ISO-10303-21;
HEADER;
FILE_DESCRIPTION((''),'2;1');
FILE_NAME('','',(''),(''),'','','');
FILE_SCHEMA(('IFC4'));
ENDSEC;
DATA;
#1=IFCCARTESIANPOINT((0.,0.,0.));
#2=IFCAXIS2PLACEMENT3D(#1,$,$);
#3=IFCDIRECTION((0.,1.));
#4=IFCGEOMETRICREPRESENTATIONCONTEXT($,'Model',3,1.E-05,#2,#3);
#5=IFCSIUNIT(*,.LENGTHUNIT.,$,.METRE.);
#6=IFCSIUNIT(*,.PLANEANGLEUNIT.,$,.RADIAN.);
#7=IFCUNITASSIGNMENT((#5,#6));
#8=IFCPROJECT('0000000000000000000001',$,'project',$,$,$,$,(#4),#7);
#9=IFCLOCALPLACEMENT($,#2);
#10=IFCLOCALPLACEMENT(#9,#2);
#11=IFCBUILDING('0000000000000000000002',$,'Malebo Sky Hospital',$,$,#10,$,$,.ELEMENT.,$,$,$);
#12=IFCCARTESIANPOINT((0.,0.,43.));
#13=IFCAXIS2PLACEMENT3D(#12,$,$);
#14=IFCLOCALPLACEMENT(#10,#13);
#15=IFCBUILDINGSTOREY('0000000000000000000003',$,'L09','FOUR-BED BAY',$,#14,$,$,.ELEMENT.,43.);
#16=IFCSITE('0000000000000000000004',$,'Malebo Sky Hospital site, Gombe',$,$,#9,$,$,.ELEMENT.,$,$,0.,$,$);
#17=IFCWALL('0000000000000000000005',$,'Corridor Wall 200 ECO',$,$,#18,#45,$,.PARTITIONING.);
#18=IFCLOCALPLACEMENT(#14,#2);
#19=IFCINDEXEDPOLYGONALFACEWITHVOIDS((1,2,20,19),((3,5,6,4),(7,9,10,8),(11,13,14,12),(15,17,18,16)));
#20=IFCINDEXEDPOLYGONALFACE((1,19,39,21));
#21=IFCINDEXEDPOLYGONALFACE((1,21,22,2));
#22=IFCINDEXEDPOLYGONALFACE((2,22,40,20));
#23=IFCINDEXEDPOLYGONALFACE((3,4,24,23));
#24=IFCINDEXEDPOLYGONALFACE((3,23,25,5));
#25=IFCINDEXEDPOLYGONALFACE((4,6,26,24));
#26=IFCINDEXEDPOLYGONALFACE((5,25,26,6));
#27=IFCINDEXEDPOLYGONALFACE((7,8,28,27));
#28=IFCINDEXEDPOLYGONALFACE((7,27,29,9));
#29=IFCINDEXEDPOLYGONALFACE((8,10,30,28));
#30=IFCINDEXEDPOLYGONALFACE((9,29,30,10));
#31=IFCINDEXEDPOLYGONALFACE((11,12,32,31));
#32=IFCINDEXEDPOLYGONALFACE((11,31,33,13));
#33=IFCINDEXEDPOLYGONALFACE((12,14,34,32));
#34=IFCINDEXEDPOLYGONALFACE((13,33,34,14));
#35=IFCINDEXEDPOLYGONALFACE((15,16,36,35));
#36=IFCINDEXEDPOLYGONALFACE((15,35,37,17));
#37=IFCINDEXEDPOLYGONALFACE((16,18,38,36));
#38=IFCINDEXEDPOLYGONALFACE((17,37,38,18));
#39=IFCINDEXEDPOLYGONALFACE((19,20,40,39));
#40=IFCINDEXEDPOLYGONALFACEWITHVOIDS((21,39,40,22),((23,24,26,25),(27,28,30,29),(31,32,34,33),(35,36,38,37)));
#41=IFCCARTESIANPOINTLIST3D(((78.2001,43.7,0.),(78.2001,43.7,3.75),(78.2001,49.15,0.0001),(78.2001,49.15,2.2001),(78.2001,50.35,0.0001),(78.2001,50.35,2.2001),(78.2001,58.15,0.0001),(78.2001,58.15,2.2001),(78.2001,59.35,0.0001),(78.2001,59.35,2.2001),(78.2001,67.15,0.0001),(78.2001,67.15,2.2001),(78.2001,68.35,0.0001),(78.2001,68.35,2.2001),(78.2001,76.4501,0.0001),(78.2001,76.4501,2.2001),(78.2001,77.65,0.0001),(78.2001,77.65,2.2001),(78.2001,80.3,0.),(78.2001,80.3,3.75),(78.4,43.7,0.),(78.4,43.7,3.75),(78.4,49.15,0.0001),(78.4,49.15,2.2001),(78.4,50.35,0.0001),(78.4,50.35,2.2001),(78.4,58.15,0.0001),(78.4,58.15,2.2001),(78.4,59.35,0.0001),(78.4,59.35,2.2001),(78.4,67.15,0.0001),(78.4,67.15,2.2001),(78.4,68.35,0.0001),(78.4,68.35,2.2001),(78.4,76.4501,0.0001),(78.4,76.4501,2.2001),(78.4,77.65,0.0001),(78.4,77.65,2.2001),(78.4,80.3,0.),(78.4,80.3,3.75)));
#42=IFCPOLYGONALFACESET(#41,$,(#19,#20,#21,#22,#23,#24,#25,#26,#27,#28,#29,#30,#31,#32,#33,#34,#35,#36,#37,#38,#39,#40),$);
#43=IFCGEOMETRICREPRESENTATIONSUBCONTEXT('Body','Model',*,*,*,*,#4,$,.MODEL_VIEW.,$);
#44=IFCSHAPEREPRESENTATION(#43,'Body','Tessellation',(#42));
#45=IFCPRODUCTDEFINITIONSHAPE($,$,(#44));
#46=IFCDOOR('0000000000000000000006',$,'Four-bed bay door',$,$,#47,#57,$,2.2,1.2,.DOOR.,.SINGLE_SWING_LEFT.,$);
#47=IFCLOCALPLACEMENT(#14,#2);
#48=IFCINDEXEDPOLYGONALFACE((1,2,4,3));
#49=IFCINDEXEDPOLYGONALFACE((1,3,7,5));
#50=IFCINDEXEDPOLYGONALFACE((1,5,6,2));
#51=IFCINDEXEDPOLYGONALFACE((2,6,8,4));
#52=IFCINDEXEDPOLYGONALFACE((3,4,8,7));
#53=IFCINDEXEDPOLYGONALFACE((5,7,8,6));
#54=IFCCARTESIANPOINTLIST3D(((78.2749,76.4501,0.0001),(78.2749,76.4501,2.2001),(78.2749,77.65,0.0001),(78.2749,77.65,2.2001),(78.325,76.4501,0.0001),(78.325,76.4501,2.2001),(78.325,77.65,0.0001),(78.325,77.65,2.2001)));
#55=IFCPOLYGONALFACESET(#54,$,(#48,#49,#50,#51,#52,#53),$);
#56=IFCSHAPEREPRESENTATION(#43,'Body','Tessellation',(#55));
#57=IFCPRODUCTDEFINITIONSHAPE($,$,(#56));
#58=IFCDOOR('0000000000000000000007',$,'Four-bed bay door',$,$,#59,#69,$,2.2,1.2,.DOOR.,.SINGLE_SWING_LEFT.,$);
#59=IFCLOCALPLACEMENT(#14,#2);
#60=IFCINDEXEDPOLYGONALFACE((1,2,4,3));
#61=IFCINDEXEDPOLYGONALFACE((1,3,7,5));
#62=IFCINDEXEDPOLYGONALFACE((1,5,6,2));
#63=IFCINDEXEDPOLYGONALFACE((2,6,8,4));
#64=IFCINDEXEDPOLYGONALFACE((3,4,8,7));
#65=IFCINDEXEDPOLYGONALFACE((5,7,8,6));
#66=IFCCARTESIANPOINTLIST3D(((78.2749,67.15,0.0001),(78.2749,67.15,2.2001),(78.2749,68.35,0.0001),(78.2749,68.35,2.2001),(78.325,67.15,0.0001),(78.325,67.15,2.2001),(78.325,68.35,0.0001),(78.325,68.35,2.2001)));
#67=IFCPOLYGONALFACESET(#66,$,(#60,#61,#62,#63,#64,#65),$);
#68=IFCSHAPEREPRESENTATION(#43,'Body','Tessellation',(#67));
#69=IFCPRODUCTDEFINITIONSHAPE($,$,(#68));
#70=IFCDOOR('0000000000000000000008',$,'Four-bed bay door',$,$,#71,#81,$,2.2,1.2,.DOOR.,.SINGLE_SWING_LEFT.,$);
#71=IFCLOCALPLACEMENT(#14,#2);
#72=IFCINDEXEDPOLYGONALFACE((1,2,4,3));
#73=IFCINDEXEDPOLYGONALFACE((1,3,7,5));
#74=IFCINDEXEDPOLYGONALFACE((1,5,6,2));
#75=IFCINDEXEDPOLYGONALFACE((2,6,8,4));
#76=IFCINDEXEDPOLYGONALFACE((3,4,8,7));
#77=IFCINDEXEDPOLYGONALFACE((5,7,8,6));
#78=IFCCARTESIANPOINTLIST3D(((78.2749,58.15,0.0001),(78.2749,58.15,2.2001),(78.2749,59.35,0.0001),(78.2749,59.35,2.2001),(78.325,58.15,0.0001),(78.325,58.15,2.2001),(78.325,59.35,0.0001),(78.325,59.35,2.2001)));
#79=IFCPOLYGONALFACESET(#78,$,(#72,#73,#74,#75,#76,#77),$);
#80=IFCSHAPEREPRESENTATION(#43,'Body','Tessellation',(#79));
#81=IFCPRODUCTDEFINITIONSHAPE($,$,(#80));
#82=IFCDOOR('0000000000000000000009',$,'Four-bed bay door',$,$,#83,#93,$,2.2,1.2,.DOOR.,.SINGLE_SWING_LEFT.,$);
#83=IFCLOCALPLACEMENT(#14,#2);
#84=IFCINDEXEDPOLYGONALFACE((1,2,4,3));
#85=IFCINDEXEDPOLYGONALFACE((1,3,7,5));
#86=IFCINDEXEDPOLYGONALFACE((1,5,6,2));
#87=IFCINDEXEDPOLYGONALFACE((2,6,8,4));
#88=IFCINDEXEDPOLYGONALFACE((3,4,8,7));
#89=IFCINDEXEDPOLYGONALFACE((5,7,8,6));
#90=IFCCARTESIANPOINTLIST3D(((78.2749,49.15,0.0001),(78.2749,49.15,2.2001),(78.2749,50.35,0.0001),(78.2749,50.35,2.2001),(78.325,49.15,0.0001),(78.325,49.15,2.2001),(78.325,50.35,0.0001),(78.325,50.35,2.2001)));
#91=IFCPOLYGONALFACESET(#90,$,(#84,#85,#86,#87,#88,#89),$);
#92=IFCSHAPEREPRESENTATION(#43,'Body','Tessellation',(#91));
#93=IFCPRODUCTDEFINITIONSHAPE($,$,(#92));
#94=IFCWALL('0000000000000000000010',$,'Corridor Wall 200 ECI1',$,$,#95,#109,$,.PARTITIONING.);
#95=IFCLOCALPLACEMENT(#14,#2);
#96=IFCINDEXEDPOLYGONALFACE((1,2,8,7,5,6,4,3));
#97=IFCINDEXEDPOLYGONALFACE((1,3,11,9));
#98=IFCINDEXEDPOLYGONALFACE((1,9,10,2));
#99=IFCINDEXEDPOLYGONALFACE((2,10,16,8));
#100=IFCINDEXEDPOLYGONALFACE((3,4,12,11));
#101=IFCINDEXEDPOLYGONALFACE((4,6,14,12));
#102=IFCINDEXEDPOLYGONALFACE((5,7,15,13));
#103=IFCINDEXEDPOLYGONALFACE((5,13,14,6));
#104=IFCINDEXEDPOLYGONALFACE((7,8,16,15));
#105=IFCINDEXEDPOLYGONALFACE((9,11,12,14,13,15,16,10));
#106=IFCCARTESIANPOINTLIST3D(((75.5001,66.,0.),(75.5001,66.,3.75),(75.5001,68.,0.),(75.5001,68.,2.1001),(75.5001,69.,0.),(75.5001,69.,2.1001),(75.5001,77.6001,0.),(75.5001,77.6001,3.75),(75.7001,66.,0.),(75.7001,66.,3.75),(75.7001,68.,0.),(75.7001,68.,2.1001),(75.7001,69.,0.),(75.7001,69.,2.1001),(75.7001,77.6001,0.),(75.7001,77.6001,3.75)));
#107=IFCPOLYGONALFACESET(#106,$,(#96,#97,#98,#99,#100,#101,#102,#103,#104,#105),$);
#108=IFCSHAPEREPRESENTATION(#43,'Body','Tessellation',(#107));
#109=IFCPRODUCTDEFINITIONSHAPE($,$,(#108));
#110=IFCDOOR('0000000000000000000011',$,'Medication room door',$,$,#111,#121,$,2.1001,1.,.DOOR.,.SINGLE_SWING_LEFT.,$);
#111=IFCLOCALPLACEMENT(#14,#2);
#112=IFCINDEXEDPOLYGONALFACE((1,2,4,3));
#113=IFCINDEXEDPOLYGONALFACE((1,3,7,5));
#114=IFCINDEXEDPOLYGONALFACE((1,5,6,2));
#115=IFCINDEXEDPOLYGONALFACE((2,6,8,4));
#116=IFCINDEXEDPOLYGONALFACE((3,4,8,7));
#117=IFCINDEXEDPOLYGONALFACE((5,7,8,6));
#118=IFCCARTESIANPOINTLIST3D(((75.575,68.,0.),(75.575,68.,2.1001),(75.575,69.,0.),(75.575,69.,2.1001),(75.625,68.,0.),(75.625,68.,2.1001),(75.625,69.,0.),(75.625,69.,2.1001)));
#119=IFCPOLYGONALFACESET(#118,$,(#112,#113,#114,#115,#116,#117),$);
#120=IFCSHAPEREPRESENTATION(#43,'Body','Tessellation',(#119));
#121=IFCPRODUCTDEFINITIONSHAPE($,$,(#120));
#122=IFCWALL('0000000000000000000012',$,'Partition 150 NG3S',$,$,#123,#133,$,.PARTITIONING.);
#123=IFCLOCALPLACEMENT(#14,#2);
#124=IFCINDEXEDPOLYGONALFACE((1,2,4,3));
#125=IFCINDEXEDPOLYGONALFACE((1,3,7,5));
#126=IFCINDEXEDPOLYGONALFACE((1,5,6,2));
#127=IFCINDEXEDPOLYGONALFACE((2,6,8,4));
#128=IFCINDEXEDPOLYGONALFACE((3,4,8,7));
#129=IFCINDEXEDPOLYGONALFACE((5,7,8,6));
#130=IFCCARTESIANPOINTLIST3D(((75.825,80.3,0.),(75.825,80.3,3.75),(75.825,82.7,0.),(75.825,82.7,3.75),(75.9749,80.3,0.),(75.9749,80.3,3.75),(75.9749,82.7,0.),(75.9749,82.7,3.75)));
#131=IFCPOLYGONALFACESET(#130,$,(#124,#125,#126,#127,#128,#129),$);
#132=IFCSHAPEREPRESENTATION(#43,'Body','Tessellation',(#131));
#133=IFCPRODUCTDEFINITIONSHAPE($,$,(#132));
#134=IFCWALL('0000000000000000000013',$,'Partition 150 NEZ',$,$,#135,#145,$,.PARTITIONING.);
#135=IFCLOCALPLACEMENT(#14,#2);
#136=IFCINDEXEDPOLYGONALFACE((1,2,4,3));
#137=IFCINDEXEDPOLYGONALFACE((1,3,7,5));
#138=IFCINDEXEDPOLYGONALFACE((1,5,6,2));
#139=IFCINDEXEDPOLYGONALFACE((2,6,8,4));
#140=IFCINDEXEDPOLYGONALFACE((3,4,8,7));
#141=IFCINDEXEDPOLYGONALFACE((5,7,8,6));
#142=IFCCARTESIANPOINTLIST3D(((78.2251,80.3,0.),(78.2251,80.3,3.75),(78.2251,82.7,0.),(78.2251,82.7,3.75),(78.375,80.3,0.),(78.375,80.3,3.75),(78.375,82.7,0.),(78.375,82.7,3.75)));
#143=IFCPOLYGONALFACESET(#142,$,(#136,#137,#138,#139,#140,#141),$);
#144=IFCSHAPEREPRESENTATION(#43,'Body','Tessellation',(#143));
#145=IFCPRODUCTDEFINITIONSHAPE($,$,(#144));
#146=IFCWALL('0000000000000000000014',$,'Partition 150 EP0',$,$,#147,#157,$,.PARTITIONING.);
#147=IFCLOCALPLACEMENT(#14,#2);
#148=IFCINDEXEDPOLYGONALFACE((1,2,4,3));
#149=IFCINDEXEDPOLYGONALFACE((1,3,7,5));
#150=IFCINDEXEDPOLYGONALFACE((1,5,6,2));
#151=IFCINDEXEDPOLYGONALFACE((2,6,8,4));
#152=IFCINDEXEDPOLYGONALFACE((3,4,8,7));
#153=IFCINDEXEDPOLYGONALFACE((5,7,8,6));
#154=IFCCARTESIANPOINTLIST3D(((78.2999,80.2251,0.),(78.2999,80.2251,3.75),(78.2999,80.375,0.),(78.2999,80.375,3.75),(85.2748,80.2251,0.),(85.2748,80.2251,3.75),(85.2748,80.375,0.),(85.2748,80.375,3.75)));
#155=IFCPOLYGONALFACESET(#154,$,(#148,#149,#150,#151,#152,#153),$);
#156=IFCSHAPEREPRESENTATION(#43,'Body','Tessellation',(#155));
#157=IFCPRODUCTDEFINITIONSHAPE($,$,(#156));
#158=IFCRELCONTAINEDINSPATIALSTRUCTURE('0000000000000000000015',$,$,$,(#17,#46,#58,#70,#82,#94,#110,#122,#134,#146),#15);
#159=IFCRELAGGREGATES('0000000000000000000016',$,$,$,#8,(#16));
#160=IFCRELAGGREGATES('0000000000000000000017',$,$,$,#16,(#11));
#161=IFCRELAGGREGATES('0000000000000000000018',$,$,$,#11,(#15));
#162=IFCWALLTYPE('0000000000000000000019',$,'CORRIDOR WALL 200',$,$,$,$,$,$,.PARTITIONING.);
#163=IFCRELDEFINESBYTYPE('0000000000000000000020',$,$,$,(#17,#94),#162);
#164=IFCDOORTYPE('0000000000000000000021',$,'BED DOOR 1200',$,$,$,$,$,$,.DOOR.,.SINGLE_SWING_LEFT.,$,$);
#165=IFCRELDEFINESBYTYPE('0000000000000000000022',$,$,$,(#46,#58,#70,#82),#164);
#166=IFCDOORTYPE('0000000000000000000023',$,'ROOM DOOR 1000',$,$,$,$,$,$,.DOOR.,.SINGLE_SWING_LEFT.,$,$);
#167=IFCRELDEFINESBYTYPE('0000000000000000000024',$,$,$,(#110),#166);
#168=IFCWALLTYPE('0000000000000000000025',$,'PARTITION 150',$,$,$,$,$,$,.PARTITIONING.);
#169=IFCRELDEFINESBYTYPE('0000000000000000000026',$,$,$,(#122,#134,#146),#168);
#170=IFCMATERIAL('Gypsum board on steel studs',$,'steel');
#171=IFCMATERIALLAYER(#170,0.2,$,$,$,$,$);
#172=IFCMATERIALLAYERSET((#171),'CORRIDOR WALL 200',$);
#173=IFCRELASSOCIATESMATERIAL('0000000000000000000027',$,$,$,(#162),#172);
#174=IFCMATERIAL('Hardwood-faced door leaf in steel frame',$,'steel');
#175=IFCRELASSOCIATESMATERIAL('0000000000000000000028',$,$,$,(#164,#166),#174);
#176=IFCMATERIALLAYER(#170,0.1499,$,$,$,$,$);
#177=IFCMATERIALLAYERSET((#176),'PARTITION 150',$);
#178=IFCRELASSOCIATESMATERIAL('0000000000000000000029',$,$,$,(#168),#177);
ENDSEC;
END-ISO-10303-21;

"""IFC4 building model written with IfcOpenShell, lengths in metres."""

from ifc_helpers import new_model, si_unit, direction, frame, frame_2d, origin, place, context, subcontext, project, spatial, rectangle, extrude, material, layer, layer_set, type_object, element, fill, save


model = new_model("IFC4")

# Units and contexts
model_context = context("Model", 3, precision=1e-05, world=origin(), true_north=direction((0.0, 1.0)))
body_context = subcontext(model_context, "Body", "Model", "MODEL_VIEW")
ifc_project = project(units=[si_unit("LENGTHUNIT", "METRE"), si_unit("PLANEANGLEUNIT", "RADIAN")], contexts=[model_context])

# Site, building, storey
site_placement = place(None, origin())
site = spatial("IfcSite", under=ifc_project, at=site_placement, Name="Malebo Sky Hospital site, Gombe", CompositionType="ELEMENT", RefElevation=0.0)
building_placement = place(site_placement, origin())
building = spatial("IfcBuilding", under=site, at=building_placement, Name="Malebo Sky Hospital", CompositionType="ELEMENT")
storey_placement = place(building_placement, frame((0.0, 0.0, 43.0)))
storey = spatial("IfcBuildingStorey", under=building, at=storey_placement, Name="L09", Description="FOUR-BED BAY", CompositionType="ELEMENT", Elevation=43.0)

# Wall, openings, doors
ifc_material_1 = material(Name="Gypsum board on steel studs", Category="steel")
ifc_layer_1 = layer(ifc_material_1, 0.2)
ifc_layer_set_1 = layer_set([ifc_layer_1], Name="CORRIDOR WALL 200")
wall_type_1 = type_object("IfcWallType", Name="CORRIDOR WALL 200", PredefinedType="PARTITIONING", material=ifc_layer_set_1)
wall_1_placement = place(storey_placement, frame((78.3, 80.3, 0.0), z_axis=(0.0, 0.0, 1.0), x_axis=(0.0, -1.0, 0.0)))
wall_1 = element("IfcWall", 1, at=wall_1_placement, inside=storey, type_object=wall_type_1, Name="Corridor Wall 200 ECO", PredefinedType="PARTITIONING", context=body_context, shape_type="SweptSolid", body=[
    extrude(rectangle(XDim=36.6001, YDim=0.2, at=frame_2d((18.3, 0.0))), origin(), (0.0, 0.0, 1.0), 3.75),
])
opening_1_placement = place(wall_1_placement, frame((2.6499, 0.0, 0.0)))
opening_1 = element("IfcOpeningElement", 2, at=opening_1_placement, cuts=wall_1, PredefinedType="OPENING", context=body_context, shape_type="SweptSolid", body=[
    extrude(rectangle(XDim=1.2, YDim=2.2, at=frame_2d((0.6001, 1.1001))), frame((0.0, 0.1099, 0.0), z_axis=(0.0, -1.0, 0.0), x_axis=(1.0, 0.0, 0.0)), (0.0, 0.0, 1.0), 0.22),
])
opening_2_placement = place(wall_1_placement, frame((11.95, 0.0, 0.0)))
opening_2 = element("IfcOpeningElement", 3, at=opening_2_placement, cuts=wall_1, PredefinedType="OPENING", context=body_context, shape_type="SweptSolid", body=[
    extrude(rectangle(XDim=1.2, YDim=2.2, at=frame_2d((0.6001, 1.1001))), frame((0.0, 0.1099, 0.0), z_axis=(0.0, -1.0, 0.0), x_axis=(1.0, 0.0, 0.0)), (0.0, 0.0, 1.0), 0.22),
])
opening_3_placement = place(wall_1_placement, frame((20.95, 0.0, 0.0)))
opening_3 = element("IfcOpeningElement", 4, at=opening_3_placement, cuts=wall_1, PredefinedType="OPENING", context=body_context, shape_type="SweptSolid", body=[
    extrude(rectangle(XDim=1.2, YDim=2.2, at=frame_2d((0.6001, 1.1001))), frame((0.0, 0.1099, 0.0), z_axis=(0.0, -1.0, 0.0), x_axis=(1.0, 0.0, 0.0)), (0.0, 0.0, 1.0), 0.22),
])
opening_4_placement = place(wall_1_placement, frame((29.95, 0.0, 0.0)))
opening_4 = element("IfcOpeningElement", 5, at=opening_4_placement, cuts=wall_1, PredefinedType="OPENING", context=body_context, shape_type="SweptSolid", body=[
    extrude(rectangle(XDim=1.2, YDim=2.2, at=frame_2d((0.6001, 1.1001))), frame((0.0, 0.1099, 0.0), z_axis=(0.0, -1.0, 0.0), x_axis=(1.0, 0.0, 0.0)), (0.0, 0.0, 1.0), 0.22),
])
ifc_material_2 = material(Name="Hardwood-faced door leaf in steel frame", Category="steel")
door_type_1 = type_object("IfcDoorType", Name="BED DOOR 1200", OperationType="SINGLE_SWING_LEFT", PredefinedType="DOOR", material=ifc_material_2)
door_1_placement = place(opening_1_placement, origin())
door_1 = element("IfcDoor", 6, at=door_1_placement, inside=storey, type_object=door_type_1, Name="Four-bed bay door", OperationType="SINGLE_SWING_LEFT", OverallHeight=2.2, OverallWidth=1.2, PredefinedType="DOOR", context=body_context, shape_type="SweptSolid", body=[
    extrude(rectangle(XDim=1.2, YDim=2.2, at=frame_2d((0.6001, 1.1001))), frame((0.0, 0.0249, 0.0), z_axis=(0.0, -1.0, 0.0), x_axis=(1.0, 0.0, 0.0)), (0.0, 0.0, 1.0), 0.05),
])
fill(opening_1, door_1)
door_2_placement = place(opening_2_placement, origin())
door_2 = element("IfcDoor", 7, at=door_2_placement, inside=storey, type_object=door_type_1, Name="Four-bed bay door", OperationType="SINGLE_SWING_LEFT", OverallHeight=2.2, OverallWidth=1.2, PredefinedType="DOOR", context=body_context, shape_type="SweptSolid", body=[
    extrude(rectangle(XDim=1.2, YDim=2.2, at=frame_2d((0.6001, 1.1001))), frame((0.0, 0.0249, 0.0), z_axis=(0.0, -1.0, 0.0), x_axis=(1.0, 0.0, 0.0)), (0.0, 0.0, 1.0), 0.05),
])
fill(opening_2, door_2)
door_3_placement = place(opening_3_placement, origin())
door_3 = element("IfcDoor", 8, at=door_3_placement, inside=storey, type_object=door_type_1, Name="Four-bed bay door", OperationType="SINGLE_SWING_LEFT", OverallHeight=2.2, OverallWidth=1.2, PredefinedType="DOOR", context=body_context, shape_type="SweptSolid", body=[
    extrude(rectangle(XDim=1.2, YDim=2.2, at=frame_2d((0.6001, 1.1001))), frame((0.0, 0.0249, 0.0), z_axis=(0.0, -1.0, 0.0), x_axis=(1.0, 0.0, 0.0)), (0.0, 0.0, 1.0), 0.05),
])
fill(opening_3, door_3)
door_4_placement = place(opening_4_placement, origin())
door_4 = element("IfcDoor", 9, at=door_4_placement, inside=storey, type_object=door_type_1, Name="Four-bed bay door", OperationType="SINGLE_SWING_LEFT", OverallHeight=2.2, OverallWidth=1.2, PredefinedType="DOOR", context=body_context, shape_type="SweptSolid", body=[
    extrude(rectangle(XDim=1.2, YDim=2.2, at=frame_2d((0.6001, 1.1001))), frame((0.0, 0.0249, 0.0), z_axis=(0.0, -1.0, 0.0), x_axis=(1.0, 0.0, 0.0)), (0.0, 0.0, 1.0), 0.05),
])
fill(opening_4, door_4)

# Wall, opening, door
wall_2_placement = place(storey_placement, frame((75.6001, 77.6001, 0.0), z_axis=(0.0, 0.0, 1.0), x_axis=(0.0, -1.0, 0.0)))
wall_2 = element("IfcWall", 10, at=wall_2_placement, inside=storey, type_object=wall_type_1, Name="Corridor Wall 200 ECI1", PredefinedType="PARTITIONING", context=body_context, shape_type="SweptSolid", body=[
    extrude(rectangle(XDim=11.6001, YDim=0.2, at=frame_2d((5.8, 0.0))), origin(), (0.0, 0.0, 1.0), 3.75),
])
opening_5_placement = place(wall_2_placement, frame((8.6001, 0.0, 0.0)))
opening_5 = element("IfcOpeningElement", 11, at=opening_5_placement, cuts=wall_2, PredefinedType="OPENING", context=body_context, shape_type="SweptSolid", body=[
    extrude(rectangle(XDim=1.0, YDim=2.1001, at=frame_2d((0.5, 1.05))), frame((0.0, 0.1099, 0.0), z_axis=(0.0, -1.0, 0.0), x_axis=(1.0, 0.0, 0.0)), (0.0, 0.0, 1.0), 0.22),
])
door_type_2 = type_object("IfcDoorType", Name="ROOM DOOR 1000", OperationType="SINGLE_SWING_LEFT", PredefinedType="DOOR", material=ifc_material_2)
door_5_placement = place(opening_5_placement, origin())
door_5 = element("IfcDoor", 12, at=door_5_placement, inside=storey, type_object=door_type_2, Name="Medication room door", OperationType="SINGLE_SWING_LEFT", OverallHeight=2.1001, OverallWidth=1.0, PredefinedType="DOOR", context=body_context, shape_type="SweptSolid", body=[
    extrude(rectangle(XDim=1.0, YDim=2.1001, at=frame_2d((0.5, 1.05))), frame((0.0, 0.0249, 0.0), z_axis=(0.0, -1.0, 0.0), x_axis=(1.0, 0.0, 0.0)), (0.0, 0.0, 1.0), 0.05),
])
fill(opening_5, door_5)

# Walls
ifc_layer_2 = layer(ifc_material_1, 0.1499)
ifc_layer_set_2 = layer_set([ifc_layer_2], Name="PARTITION 150")
wall_type_2 = type_object("IfcWallType", Name="PARTITION 150", PredefinedType="PARTITIONING", material=ifc_layer_set_2)
for number, where, z_axis, x_axis, name in (
    (13, (75.8999, 80.3, 0.0), (0.0, 0.0, 1.0), (0.0, 1.0, 0.0), "Partition 150 NG3S"),
    (14, (78.3, 80.3, 0.0), (0.0, 0.0, 1.0), (0.0, 1.0, 0.0), "Partition 150 NEZ"),
):
    element("IfcWall", number, at=place(storey_placement, frame(where, z_axis=z_axis, x_axis=x_axis)), inside=storey, type_object=wall_type_2, Name=name, PredefinedType="PARTITIONING", context=body_context, shape_type="SweptSolid", body=[
        extrude(rectangle(XDim=2.3999, YDim=0.1499, at=frame_2d((1.2, 0.0))), origin(), (0.0, 0.0, 1.0), 3.75),
    ])
wall_3_placement = place(storey_placement, frame((78.3, 80.3, 0.0), z_axis=(0.0, 0.0, 1.0), x_axis=(1.0, 0.0, 0.0)))
element("IfcWall", 15, at=wall_3_placement, inside=storey, type_object=wall_type_2, Name="Partition 150 EP0", PredefinedType="PARTITIONING", context=body_context, shape_type="SweptSolid", body=[
    extrude(rectangle(XDim=6.9749, YDim=0.1499, at=frame_2d((3.4873, 0.0))), origin(), (0.0, 0.0, 1.0), 3.75),
])

save(model, "model.ifc")
